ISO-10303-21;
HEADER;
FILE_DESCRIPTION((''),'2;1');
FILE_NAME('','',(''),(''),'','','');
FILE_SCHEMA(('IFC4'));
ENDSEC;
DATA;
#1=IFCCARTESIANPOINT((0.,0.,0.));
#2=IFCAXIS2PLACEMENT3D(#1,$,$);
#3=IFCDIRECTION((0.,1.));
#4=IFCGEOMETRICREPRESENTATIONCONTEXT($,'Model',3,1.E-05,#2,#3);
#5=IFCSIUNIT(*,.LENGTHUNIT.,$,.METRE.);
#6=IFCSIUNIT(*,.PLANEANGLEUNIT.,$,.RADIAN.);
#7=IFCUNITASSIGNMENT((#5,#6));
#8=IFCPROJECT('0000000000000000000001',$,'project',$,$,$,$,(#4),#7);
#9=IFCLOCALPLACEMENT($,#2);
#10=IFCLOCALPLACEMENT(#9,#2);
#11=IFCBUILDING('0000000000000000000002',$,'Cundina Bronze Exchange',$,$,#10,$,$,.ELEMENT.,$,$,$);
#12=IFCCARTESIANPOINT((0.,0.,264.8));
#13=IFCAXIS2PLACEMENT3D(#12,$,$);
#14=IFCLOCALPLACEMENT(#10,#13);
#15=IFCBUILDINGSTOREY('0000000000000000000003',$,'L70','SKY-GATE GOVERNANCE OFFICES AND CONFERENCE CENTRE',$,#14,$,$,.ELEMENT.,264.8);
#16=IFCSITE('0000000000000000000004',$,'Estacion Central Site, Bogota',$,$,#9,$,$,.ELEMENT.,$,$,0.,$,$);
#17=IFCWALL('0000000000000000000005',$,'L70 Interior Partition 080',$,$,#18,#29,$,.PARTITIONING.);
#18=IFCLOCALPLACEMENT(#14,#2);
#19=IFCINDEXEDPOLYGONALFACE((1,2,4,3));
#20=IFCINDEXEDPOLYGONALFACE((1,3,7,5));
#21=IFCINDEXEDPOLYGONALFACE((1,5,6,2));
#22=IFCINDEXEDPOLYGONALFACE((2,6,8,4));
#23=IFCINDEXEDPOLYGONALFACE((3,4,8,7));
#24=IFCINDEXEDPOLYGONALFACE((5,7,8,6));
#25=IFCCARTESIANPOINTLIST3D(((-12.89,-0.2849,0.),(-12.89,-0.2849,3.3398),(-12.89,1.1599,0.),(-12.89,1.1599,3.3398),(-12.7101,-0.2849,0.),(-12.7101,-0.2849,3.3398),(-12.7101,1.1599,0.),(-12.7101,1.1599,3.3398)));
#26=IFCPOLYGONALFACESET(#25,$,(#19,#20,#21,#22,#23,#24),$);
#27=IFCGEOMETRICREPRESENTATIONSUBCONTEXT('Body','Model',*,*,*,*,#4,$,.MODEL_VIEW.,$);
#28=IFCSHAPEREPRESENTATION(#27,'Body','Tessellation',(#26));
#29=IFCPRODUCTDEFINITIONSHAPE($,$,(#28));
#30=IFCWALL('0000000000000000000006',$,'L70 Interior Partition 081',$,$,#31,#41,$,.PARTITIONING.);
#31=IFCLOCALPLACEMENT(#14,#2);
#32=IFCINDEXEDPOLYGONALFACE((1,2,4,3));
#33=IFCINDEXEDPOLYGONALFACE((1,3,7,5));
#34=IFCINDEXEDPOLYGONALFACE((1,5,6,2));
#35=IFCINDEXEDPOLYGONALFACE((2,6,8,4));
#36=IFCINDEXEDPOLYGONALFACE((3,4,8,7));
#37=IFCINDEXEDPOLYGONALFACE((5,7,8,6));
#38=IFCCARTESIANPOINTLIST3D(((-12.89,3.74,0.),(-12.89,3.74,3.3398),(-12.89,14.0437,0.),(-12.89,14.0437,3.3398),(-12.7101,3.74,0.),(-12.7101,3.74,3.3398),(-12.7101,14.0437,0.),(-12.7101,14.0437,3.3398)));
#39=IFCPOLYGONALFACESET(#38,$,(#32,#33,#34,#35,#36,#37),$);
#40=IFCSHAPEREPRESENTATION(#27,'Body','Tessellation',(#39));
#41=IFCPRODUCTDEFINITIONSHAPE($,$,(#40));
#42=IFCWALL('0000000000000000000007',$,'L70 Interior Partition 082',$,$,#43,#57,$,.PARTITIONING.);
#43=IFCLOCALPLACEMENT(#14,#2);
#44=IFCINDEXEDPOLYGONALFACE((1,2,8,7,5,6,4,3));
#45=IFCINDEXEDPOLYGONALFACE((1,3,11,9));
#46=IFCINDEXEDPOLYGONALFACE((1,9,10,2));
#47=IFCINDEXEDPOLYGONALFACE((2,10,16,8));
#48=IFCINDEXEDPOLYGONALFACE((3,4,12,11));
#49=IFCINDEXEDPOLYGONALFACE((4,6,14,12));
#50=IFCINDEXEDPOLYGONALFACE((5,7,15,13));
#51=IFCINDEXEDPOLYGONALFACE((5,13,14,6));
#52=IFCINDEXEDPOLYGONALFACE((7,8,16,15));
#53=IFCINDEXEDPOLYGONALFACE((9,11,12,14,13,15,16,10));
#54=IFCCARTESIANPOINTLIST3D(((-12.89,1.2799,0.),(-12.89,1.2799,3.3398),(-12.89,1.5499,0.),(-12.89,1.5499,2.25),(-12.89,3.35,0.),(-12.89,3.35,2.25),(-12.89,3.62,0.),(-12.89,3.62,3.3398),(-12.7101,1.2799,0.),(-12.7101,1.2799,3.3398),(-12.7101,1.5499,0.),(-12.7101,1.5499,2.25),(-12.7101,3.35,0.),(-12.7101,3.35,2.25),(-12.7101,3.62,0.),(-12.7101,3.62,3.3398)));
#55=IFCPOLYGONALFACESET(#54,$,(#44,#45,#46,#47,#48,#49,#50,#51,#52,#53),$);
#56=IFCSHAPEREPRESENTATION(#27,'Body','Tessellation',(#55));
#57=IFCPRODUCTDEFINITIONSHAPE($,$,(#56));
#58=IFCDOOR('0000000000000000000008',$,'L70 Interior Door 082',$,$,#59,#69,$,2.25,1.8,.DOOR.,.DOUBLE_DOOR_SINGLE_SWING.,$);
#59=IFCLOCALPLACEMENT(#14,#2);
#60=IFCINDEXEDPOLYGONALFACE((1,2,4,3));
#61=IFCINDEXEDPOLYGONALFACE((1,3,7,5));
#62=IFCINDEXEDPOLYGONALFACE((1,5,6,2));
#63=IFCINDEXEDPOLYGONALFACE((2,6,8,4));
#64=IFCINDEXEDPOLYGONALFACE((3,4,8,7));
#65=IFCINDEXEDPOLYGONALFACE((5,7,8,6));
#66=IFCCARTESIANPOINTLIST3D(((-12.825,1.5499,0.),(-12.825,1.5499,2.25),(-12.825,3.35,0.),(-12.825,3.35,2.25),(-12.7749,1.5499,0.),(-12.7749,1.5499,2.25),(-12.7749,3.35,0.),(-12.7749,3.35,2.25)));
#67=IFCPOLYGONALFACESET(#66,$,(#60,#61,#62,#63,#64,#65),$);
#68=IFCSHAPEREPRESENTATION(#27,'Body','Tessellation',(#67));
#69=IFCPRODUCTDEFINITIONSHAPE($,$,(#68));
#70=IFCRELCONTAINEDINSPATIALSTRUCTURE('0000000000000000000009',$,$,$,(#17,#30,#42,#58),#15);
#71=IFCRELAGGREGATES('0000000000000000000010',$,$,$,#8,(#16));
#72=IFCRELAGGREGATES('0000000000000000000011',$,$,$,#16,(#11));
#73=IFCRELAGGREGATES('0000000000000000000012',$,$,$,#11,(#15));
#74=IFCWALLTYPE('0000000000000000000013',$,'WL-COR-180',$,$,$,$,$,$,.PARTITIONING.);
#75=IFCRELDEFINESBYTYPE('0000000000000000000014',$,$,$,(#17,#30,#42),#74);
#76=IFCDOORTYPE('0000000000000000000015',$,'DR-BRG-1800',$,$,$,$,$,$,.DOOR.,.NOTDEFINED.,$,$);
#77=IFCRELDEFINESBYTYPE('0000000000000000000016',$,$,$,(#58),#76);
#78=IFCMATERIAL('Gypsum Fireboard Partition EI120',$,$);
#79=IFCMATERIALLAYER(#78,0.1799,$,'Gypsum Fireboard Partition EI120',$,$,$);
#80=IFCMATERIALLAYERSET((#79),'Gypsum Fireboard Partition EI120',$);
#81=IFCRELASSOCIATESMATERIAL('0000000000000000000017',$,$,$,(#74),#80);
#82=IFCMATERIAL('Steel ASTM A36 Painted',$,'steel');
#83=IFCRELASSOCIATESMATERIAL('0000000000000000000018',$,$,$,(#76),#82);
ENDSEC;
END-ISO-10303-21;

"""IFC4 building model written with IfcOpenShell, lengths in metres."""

from ifc_helpers import new_model, si_unit, direction, frame, frame_2d, origin, place, context, subcontext, project, spatial, rectangle, extrude, material, layer, layer_set, type_object, element, fill, save


model = new_model("IFC4")

# Units and contexts
model_context = context("Model", 3, precision=1e-05, world=origin(), true_north=direction((0.0, 1.0)))
body_context = subcontext(model_context, "Body", "Model", "MODEL_VIEW")
ifc_project = project(units=[si_unit("LENGTHUNIT", "METRE"), si_unit("PLANEANGLEUNIT", "RADIAN")], contexts=[model_context])

# Site, building, storey
site_placement = place(None, origin())
site = spatial("IfcSite", under=ifc_project, at=site_placement, Name="Estacion Central Site, Bogota", CompositionType="ELEMENT", RefElevation=0.0)
building_placement = place(site_placement, origin())
building = spatial("IfcBuilding", under=site, at=building_placement, Name="Cundina Bronze Exchange", CompositionType="ELEMENT")
storey_placement = place(building_placement, frame((0.0, 0.0, 264.8)))
storey = spatial("IfcBuildingStorey", under=building, at=storey_placement, Name="L70", Description="SKY-GATE GOVERNANCE OFFICES AND CONFERENCE CENTRE", CompositionType="ELEMENT", Elevation=264.8)

# Shared definitions
ifc_material_1 = material(Name="Gypsum Fireboard Partition EI120")
ifc_layer_1 = layer(ifc_material_1, 0.1799, Name="Gypsum Fireboard Partition EI120")
ifc_layer_set_1 = layer_set([ifc_layer_1], Name="Gypsum Fireboard Partition EI120")
wall_type = type_object("IfcWallType", Name="WL-COR-180", PredefinedType="PARTITIONING", material=ifc_layer_set_1)

# Walls
wall_1_placement = place(storey_placement, frame((-12.8, -0.2849, 0.0), z_axis=(0.0, 0.0, 1.0), x_axis=(0.0, 1.0, 0.0)))
element("IfcWall", 1, at=wall_1_placement, inside=storey, type_object=wall_type, Name="L70 Interior Partition 080", PredefinedType="PARTITIONING", context=body_context, shape_type="SweptSolid", body=[
    extrude(rectangle(XDim=1.4448, YDim=0.1799, at=frame_2d((0.7224, 0.0))), origin(), (0.0, 0.0, 1.0), 3.3398),
])
wall_2_placement = place(storey_placement, frame((-12.8, 3.74, 0.0), z_axis=(0.0, 0.0, 1.0), x_axis=(0.0, 1.0, 0.0)))
element("IfcWall", 2, at=wall_2_placement, inside=storey, type_object=wall_type, Name="L70 Interior Partition 081", PredefinedType="PARTITIONING", context=body_context, shape_type="SweptSolid", body=[
    extrude(rectangle(XDim=10.3037, YDim=0.1799, at=frame_2d((5.1519, 0.0))), origin(), (0.0, 0.0, 1.0), 3.3398),
])

# Wall, opening, door
wall_3_placement = place(storey_placement, frame((-12.8, 1.28, 0.0), z_axis=(0.0, 0.0, 1.0), x_axis=(0.0, 1.0, 0.0)))
wall_3 = element("IfcWall", 3, at=wall_3_placement, inside=storey, type_object=wall_type, Name="L70 Interior Partition 082", PredefinedType="PARTITIONING", context=body_context, shape_type="SweptSolid", body=[
    extrude(rectangle(XDim=2.3401, YDim=0.1799, at=frame_2d((1.1699, 0.0))), origin(), (0.0, 0.0, 1.0), 3.3398),
])
opening_1_placement = place(wall_3_placement, frame((0.27, 0.0, 0.0)))
opening_1 = element("IfcOpeningElement", 4, at=opening_1_placement, cuts=wall_3, PredefinedType="OPENING", context=body_context, shape_type="SweptSolid", body=[
    extrude(rectangle(XDim=1.8, YDim=2.25, at=frame_2d((0.8999, 1.125))), frame((0.0, 0.0999, 0.0), z_axis=(0.0, -1.0, 0.0), x_axis=(1.0, 0.0, 0.0)), (0.0, 0.0, 1.0), 0.2),
])
ifc_material_2 = material(Name="Steel ASTM A36 Painted", Category="steel")
door_type_1 = type_object("IfcDoorType", Name="DR-BRG-1800", OperationType="NOTDEFINED", PredefinedType="DOOR", material=ifc_material_2)
door_1_placement = place(opening_1_placement, origin())
door_1 = element("IfcDoor", 5, at=door_1_placement, inside=storey, type_object=door_type_1, Name="L70 Interior Door 082", OperationType="DOUBLE_DOOR_SINGLE_SWING", OverallHeight=2.25, OverallWidth=1.8, PredefinedType="DOOR", context=body_context, shape_type="SweptSolid", body=[
    extrude(rectangle(XDim=1.8, YDim=2.25, at=frame_2d((0.8999, 1.125))), frame((0.0, 0.0249, 0.0), z_axis=(0.0, -1.0, 0.0), x_axis=(1.0, 0.0, 0.0)), (0.0, 0.0, 1.0), 0.05),
])
fill(opening_1, door_1)

save(model, "model.ifc")
